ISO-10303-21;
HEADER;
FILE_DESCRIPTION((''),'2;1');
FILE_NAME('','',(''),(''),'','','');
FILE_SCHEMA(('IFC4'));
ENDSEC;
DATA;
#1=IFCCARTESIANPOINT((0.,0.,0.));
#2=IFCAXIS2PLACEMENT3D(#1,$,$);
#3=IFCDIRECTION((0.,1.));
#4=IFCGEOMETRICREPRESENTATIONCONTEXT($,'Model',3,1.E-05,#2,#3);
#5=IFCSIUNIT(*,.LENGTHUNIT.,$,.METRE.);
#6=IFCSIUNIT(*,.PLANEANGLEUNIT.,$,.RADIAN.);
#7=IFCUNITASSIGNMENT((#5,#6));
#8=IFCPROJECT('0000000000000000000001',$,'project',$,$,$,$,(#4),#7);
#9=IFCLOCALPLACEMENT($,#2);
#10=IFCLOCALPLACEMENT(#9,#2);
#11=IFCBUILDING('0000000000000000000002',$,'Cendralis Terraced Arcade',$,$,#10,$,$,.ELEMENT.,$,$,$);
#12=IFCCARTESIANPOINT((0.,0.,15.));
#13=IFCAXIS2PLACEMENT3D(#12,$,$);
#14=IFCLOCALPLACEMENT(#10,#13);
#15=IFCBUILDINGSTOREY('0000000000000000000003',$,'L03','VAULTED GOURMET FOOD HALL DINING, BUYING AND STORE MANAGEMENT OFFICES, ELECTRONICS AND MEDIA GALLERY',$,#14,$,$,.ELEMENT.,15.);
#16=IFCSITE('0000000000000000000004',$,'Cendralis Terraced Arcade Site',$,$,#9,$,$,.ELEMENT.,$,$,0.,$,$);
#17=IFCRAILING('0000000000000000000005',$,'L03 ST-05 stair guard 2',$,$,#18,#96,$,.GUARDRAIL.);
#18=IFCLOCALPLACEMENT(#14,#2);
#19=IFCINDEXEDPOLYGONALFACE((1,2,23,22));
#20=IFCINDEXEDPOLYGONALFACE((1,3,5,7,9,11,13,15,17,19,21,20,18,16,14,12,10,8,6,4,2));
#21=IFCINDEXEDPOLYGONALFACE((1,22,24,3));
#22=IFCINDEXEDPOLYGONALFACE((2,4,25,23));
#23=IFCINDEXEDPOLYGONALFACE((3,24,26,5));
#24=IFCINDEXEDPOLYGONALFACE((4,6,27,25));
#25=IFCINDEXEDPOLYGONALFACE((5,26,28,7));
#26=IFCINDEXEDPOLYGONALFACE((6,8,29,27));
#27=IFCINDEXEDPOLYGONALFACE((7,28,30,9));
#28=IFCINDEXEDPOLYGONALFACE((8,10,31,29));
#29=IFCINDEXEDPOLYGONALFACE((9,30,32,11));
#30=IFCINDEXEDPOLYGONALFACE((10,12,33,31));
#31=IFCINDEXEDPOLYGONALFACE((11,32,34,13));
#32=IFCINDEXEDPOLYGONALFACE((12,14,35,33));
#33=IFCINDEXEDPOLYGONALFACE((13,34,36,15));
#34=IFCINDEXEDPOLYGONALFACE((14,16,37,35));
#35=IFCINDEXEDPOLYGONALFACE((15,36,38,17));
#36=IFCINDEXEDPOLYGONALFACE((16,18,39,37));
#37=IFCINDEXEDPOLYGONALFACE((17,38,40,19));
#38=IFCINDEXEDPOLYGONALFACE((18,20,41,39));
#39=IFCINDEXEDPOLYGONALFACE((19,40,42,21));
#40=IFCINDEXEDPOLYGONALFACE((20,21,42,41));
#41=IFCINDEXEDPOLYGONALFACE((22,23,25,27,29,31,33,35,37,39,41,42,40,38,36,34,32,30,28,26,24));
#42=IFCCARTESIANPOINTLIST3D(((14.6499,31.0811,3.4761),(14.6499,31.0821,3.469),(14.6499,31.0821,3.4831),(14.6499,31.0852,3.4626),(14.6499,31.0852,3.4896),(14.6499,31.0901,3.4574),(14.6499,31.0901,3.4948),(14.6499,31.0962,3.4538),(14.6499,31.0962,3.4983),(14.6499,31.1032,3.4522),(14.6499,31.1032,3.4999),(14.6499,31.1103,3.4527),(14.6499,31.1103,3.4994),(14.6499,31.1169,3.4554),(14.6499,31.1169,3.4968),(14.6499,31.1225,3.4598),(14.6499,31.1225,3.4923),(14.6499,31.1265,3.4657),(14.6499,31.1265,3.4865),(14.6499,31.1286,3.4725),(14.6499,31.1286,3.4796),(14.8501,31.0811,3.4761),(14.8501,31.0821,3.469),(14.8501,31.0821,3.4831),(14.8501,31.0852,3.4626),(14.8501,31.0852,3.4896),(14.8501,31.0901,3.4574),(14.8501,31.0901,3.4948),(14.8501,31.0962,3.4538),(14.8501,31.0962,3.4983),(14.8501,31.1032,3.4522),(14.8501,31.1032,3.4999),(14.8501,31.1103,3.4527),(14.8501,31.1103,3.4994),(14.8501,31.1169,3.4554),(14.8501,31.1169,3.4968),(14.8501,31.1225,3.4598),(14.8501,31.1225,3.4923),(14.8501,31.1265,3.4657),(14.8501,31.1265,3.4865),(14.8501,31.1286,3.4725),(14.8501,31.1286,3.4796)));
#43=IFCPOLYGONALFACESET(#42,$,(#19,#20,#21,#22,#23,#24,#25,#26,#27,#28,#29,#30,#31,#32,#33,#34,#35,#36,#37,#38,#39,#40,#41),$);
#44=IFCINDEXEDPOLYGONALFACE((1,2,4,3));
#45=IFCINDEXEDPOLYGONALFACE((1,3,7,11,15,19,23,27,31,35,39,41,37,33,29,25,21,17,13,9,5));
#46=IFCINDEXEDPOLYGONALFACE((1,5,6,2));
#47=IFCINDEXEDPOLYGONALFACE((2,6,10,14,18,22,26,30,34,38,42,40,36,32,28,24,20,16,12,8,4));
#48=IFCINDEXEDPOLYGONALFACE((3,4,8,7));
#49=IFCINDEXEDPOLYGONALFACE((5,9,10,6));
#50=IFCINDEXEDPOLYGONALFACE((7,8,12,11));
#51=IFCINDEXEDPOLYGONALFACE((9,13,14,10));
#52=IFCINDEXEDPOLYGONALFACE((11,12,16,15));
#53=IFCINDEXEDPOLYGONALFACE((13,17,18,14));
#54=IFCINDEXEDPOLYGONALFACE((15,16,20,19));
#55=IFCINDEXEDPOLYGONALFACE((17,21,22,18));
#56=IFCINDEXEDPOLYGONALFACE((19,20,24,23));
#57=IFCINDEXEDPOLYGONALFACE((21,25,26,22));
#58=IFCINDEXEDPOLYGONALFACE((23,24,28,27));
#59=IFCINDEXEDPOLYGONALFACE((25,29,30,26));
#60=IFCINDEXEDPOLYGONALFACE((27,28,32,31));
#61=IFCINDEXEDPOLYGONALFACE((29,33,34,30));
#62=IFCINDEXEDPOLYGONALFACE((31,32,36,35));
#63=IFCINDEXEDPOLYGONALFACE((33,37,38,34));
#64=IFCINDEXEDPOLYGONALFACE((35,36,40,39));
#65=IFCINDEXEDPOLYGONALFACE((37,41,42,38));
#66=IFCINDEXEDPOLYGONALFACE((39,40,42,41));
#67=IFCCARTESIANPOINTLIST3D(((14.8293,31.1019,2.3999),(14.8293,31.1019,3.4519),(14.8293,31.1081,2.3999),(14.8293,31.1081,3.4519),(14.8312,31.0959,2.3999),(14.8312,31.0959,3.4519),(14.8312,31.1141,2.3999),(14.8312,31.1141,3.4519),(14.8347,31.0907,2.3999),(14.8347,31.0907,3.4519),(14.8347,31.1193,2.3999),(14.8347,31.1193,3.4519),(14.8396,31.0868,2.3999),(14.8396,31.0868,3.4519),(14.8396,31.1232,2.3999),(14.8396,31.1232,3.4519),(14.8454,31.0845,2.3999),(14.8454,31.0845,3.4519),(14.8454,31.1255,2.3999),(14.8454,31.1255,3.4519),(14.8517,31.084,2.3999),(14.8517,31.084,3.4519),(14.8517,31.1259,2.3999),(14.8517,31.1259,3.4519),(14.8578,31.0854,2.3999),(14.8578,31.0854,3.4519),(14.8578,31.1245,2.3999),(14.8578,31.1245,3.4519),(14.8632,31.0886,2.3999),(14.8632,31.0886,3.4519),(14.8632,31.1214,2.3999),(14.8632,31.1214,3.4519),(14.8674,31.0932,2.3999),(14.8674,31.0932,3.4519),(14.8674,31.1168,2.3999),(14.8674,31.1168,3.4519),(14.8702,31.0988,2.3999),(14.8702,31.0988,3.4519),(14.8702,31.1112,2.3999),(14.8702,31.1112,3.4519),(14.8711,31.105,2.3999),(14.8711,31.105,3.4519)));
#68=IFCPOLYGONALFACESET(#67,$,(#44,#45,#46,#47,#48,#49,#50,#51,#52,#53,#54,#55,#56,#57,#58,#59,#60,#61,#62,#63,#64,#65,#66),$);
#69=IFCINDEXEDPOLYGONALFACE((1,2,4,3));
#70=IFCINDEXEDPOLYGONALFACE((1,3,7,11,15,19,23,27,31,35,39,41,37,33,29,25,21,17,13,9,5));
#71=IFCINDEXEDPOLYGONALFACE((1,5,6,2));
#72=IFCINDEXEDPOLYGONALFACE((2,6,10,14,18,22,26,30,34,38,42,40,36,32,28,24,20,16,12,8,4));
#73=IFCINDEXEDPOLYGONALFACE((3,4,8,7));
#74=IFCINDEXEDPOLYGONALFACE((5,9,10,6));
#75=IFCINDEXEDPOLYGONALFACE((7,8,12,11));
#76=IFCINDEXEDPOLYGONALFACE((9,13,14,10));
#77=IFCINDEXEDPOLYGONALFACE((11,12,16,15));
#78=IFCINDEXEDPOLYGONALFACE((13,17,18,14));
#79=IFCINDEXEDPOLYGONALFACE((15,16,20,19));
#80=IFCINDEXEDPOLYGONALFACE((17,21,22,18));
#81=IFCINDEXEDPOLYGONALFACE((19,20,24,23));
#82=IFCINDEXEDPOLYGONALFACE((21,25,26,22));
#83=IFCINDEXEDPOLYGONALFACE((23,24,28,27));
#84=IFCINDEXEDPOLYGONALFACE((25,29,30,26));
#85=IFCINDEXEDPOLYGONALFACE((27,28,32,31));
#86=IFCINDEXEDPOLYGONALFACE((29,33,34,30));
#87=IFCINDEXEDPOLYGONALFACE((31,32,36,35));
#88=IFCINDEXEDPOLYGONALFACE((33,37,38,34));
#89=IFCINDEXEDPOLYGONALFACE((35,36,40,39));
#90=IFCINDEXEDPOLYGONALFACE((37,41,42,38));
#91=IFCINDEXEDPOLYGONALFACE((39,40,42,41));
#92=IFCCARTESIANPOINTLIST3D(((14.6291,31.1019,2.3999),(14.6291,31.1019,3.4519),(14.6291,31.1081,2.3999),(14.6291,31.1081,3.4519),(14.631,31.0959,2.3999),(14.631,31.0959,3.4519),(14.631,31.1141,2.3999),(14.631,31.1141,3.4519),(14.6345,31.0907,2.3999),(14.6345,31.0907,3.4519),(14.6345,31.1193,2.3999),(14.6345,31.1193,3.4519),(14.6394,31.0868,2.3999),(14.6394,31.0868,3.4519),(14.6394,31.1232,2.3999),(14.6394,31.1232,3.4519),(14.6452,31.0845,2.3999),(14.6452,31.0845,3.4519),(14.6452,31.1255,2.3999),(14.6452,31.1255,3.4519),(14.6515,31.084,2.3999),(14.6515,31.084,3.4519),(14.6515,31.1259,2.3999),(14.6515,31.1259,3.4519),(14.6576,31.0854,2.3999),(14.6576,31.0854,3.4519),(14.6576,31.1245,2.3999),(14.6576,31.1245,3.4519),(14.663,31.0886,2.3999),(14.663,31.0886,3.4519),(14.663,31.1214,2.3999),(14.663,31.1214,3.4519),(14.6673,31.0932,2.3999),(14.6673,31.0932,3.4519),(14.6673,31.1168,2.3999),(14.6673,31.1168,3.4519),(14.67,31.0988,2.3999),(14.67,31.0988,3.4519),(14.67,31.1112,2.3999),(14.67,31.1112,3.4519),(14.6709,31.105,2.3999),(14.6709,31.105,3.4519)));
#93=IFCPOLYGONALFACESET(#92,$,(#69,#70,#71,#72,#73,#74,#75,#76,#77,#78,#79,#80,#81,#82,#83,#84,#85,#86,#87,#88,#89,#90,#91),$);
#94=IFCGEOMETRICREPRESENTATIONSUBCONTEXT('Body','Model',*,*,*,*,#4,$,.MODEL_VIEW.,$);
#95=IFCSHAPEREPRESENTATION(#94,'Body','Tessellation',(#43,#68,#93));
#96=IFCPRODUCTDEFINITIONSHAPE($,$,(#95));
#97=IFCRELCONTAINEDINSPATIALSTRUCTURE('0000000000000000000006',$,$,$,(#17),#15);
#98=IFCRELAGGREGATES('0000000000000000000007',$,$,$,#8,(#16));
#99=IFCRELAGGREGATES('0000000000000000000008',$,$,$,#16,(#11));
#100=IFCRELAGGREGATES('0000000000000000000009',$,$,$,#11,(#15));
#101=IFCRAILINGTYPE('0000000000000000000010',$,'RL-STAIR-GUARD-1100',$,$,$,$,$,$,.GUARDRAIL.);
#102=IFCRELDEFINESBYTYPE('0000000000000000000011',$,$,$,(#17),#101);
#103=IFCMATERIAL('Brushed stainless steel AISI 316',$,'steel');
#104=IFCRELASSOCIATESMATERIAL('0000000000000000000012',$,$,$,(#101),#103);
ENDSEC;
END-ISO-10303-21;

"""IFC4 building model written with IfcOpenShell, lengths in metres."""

from ifc_helpers import new_model, si_unit, direction, frame, origin, origin_2d, place, context, subcontext, project, spatial, circle, extrude, material, type_object, element, save


model = new_model("IFC4")

# Units and contexts
model_context = context("Model", 3, precision=1e-05, world=origin(), true_north=direction((0.0, 1.0)))
body_context = subcontext(model_context, "Body", "Model", "MODEL_VIEW")
ifc_project = project(units=[si_unit("LENGTHUNIT", "METRE"), si_unit("PLANEANGLEUNIT", "RADIAN")], contexts=[model_context])

# Site, building, storey
site_placement = place(None, origin())
site = spatial("IfcSite", under=ifc_project, at=site_placement, Name="Cendralis Terraced Arcade Site", CompositionType="ELEMENT", RefElevation=0.0)
building_placement = place(site_placement, origin())
building = spatial("IfcBuilding", under=site, at=building_placement, Name="Cendralis Terraced Arcade", CompositionType="ELEMENT")
storey_placement = place(building_placement, frame((0.0, 0.0, 15.0)))
storey = spatial("IfcBuildingStorey", under=building, at=storey_placement, Name="L03", Description="VAULTED GOURMET FOOD HALL DINING, BUYING AND STORE MANAGEMENT OFFICES, ELECTRONICS AND MEDIA GALLERY", CompositionType="ELEMENT", Elevation=15.0)

# Railing
ifc_material_1 = material(Name="Brushed stainless steel AISI 316", Category="steel")
railing_type_1 = type_object("IfcRailingType", Name="RL-STAIR-GUARD-1100", PredefinedType="GUARDRAIL", material=ifc_material_1)
railing_1_placement = place(storey_placement, frame((14.8501, 31.105, 2.3999)))
element("IfcRailing", 1, at=railing_1_placement, inside=storey, type_object=railing_type_1, Name="L03 ST-05 stair guard 2", PredefinedType="GUARDRAIL", context=body_context, shape_type="SweptSolid", body=[
    extrude(circle(Radius=0.0239, at=origin_2d()), frame((0.0, 0.0, 1.0762), z_axis=(-1.0, 0.0, 0.0), x_axis=(0.0, -1.0, 0.0)), (0.0, 0.0, 1.0), 0.2002),
    extrude(circle(Radius=0.021, at=origin_2d()), origin(), (0.0, 0.0, 1.0), 1.052),
    extrude(circle(Radius=0.021, at=origin_2d()), frame((-0.2002, 0.0, 0.0)), (0.0, 0.0, 1.0), 1.052),
])

save(model, "model.ifc")
